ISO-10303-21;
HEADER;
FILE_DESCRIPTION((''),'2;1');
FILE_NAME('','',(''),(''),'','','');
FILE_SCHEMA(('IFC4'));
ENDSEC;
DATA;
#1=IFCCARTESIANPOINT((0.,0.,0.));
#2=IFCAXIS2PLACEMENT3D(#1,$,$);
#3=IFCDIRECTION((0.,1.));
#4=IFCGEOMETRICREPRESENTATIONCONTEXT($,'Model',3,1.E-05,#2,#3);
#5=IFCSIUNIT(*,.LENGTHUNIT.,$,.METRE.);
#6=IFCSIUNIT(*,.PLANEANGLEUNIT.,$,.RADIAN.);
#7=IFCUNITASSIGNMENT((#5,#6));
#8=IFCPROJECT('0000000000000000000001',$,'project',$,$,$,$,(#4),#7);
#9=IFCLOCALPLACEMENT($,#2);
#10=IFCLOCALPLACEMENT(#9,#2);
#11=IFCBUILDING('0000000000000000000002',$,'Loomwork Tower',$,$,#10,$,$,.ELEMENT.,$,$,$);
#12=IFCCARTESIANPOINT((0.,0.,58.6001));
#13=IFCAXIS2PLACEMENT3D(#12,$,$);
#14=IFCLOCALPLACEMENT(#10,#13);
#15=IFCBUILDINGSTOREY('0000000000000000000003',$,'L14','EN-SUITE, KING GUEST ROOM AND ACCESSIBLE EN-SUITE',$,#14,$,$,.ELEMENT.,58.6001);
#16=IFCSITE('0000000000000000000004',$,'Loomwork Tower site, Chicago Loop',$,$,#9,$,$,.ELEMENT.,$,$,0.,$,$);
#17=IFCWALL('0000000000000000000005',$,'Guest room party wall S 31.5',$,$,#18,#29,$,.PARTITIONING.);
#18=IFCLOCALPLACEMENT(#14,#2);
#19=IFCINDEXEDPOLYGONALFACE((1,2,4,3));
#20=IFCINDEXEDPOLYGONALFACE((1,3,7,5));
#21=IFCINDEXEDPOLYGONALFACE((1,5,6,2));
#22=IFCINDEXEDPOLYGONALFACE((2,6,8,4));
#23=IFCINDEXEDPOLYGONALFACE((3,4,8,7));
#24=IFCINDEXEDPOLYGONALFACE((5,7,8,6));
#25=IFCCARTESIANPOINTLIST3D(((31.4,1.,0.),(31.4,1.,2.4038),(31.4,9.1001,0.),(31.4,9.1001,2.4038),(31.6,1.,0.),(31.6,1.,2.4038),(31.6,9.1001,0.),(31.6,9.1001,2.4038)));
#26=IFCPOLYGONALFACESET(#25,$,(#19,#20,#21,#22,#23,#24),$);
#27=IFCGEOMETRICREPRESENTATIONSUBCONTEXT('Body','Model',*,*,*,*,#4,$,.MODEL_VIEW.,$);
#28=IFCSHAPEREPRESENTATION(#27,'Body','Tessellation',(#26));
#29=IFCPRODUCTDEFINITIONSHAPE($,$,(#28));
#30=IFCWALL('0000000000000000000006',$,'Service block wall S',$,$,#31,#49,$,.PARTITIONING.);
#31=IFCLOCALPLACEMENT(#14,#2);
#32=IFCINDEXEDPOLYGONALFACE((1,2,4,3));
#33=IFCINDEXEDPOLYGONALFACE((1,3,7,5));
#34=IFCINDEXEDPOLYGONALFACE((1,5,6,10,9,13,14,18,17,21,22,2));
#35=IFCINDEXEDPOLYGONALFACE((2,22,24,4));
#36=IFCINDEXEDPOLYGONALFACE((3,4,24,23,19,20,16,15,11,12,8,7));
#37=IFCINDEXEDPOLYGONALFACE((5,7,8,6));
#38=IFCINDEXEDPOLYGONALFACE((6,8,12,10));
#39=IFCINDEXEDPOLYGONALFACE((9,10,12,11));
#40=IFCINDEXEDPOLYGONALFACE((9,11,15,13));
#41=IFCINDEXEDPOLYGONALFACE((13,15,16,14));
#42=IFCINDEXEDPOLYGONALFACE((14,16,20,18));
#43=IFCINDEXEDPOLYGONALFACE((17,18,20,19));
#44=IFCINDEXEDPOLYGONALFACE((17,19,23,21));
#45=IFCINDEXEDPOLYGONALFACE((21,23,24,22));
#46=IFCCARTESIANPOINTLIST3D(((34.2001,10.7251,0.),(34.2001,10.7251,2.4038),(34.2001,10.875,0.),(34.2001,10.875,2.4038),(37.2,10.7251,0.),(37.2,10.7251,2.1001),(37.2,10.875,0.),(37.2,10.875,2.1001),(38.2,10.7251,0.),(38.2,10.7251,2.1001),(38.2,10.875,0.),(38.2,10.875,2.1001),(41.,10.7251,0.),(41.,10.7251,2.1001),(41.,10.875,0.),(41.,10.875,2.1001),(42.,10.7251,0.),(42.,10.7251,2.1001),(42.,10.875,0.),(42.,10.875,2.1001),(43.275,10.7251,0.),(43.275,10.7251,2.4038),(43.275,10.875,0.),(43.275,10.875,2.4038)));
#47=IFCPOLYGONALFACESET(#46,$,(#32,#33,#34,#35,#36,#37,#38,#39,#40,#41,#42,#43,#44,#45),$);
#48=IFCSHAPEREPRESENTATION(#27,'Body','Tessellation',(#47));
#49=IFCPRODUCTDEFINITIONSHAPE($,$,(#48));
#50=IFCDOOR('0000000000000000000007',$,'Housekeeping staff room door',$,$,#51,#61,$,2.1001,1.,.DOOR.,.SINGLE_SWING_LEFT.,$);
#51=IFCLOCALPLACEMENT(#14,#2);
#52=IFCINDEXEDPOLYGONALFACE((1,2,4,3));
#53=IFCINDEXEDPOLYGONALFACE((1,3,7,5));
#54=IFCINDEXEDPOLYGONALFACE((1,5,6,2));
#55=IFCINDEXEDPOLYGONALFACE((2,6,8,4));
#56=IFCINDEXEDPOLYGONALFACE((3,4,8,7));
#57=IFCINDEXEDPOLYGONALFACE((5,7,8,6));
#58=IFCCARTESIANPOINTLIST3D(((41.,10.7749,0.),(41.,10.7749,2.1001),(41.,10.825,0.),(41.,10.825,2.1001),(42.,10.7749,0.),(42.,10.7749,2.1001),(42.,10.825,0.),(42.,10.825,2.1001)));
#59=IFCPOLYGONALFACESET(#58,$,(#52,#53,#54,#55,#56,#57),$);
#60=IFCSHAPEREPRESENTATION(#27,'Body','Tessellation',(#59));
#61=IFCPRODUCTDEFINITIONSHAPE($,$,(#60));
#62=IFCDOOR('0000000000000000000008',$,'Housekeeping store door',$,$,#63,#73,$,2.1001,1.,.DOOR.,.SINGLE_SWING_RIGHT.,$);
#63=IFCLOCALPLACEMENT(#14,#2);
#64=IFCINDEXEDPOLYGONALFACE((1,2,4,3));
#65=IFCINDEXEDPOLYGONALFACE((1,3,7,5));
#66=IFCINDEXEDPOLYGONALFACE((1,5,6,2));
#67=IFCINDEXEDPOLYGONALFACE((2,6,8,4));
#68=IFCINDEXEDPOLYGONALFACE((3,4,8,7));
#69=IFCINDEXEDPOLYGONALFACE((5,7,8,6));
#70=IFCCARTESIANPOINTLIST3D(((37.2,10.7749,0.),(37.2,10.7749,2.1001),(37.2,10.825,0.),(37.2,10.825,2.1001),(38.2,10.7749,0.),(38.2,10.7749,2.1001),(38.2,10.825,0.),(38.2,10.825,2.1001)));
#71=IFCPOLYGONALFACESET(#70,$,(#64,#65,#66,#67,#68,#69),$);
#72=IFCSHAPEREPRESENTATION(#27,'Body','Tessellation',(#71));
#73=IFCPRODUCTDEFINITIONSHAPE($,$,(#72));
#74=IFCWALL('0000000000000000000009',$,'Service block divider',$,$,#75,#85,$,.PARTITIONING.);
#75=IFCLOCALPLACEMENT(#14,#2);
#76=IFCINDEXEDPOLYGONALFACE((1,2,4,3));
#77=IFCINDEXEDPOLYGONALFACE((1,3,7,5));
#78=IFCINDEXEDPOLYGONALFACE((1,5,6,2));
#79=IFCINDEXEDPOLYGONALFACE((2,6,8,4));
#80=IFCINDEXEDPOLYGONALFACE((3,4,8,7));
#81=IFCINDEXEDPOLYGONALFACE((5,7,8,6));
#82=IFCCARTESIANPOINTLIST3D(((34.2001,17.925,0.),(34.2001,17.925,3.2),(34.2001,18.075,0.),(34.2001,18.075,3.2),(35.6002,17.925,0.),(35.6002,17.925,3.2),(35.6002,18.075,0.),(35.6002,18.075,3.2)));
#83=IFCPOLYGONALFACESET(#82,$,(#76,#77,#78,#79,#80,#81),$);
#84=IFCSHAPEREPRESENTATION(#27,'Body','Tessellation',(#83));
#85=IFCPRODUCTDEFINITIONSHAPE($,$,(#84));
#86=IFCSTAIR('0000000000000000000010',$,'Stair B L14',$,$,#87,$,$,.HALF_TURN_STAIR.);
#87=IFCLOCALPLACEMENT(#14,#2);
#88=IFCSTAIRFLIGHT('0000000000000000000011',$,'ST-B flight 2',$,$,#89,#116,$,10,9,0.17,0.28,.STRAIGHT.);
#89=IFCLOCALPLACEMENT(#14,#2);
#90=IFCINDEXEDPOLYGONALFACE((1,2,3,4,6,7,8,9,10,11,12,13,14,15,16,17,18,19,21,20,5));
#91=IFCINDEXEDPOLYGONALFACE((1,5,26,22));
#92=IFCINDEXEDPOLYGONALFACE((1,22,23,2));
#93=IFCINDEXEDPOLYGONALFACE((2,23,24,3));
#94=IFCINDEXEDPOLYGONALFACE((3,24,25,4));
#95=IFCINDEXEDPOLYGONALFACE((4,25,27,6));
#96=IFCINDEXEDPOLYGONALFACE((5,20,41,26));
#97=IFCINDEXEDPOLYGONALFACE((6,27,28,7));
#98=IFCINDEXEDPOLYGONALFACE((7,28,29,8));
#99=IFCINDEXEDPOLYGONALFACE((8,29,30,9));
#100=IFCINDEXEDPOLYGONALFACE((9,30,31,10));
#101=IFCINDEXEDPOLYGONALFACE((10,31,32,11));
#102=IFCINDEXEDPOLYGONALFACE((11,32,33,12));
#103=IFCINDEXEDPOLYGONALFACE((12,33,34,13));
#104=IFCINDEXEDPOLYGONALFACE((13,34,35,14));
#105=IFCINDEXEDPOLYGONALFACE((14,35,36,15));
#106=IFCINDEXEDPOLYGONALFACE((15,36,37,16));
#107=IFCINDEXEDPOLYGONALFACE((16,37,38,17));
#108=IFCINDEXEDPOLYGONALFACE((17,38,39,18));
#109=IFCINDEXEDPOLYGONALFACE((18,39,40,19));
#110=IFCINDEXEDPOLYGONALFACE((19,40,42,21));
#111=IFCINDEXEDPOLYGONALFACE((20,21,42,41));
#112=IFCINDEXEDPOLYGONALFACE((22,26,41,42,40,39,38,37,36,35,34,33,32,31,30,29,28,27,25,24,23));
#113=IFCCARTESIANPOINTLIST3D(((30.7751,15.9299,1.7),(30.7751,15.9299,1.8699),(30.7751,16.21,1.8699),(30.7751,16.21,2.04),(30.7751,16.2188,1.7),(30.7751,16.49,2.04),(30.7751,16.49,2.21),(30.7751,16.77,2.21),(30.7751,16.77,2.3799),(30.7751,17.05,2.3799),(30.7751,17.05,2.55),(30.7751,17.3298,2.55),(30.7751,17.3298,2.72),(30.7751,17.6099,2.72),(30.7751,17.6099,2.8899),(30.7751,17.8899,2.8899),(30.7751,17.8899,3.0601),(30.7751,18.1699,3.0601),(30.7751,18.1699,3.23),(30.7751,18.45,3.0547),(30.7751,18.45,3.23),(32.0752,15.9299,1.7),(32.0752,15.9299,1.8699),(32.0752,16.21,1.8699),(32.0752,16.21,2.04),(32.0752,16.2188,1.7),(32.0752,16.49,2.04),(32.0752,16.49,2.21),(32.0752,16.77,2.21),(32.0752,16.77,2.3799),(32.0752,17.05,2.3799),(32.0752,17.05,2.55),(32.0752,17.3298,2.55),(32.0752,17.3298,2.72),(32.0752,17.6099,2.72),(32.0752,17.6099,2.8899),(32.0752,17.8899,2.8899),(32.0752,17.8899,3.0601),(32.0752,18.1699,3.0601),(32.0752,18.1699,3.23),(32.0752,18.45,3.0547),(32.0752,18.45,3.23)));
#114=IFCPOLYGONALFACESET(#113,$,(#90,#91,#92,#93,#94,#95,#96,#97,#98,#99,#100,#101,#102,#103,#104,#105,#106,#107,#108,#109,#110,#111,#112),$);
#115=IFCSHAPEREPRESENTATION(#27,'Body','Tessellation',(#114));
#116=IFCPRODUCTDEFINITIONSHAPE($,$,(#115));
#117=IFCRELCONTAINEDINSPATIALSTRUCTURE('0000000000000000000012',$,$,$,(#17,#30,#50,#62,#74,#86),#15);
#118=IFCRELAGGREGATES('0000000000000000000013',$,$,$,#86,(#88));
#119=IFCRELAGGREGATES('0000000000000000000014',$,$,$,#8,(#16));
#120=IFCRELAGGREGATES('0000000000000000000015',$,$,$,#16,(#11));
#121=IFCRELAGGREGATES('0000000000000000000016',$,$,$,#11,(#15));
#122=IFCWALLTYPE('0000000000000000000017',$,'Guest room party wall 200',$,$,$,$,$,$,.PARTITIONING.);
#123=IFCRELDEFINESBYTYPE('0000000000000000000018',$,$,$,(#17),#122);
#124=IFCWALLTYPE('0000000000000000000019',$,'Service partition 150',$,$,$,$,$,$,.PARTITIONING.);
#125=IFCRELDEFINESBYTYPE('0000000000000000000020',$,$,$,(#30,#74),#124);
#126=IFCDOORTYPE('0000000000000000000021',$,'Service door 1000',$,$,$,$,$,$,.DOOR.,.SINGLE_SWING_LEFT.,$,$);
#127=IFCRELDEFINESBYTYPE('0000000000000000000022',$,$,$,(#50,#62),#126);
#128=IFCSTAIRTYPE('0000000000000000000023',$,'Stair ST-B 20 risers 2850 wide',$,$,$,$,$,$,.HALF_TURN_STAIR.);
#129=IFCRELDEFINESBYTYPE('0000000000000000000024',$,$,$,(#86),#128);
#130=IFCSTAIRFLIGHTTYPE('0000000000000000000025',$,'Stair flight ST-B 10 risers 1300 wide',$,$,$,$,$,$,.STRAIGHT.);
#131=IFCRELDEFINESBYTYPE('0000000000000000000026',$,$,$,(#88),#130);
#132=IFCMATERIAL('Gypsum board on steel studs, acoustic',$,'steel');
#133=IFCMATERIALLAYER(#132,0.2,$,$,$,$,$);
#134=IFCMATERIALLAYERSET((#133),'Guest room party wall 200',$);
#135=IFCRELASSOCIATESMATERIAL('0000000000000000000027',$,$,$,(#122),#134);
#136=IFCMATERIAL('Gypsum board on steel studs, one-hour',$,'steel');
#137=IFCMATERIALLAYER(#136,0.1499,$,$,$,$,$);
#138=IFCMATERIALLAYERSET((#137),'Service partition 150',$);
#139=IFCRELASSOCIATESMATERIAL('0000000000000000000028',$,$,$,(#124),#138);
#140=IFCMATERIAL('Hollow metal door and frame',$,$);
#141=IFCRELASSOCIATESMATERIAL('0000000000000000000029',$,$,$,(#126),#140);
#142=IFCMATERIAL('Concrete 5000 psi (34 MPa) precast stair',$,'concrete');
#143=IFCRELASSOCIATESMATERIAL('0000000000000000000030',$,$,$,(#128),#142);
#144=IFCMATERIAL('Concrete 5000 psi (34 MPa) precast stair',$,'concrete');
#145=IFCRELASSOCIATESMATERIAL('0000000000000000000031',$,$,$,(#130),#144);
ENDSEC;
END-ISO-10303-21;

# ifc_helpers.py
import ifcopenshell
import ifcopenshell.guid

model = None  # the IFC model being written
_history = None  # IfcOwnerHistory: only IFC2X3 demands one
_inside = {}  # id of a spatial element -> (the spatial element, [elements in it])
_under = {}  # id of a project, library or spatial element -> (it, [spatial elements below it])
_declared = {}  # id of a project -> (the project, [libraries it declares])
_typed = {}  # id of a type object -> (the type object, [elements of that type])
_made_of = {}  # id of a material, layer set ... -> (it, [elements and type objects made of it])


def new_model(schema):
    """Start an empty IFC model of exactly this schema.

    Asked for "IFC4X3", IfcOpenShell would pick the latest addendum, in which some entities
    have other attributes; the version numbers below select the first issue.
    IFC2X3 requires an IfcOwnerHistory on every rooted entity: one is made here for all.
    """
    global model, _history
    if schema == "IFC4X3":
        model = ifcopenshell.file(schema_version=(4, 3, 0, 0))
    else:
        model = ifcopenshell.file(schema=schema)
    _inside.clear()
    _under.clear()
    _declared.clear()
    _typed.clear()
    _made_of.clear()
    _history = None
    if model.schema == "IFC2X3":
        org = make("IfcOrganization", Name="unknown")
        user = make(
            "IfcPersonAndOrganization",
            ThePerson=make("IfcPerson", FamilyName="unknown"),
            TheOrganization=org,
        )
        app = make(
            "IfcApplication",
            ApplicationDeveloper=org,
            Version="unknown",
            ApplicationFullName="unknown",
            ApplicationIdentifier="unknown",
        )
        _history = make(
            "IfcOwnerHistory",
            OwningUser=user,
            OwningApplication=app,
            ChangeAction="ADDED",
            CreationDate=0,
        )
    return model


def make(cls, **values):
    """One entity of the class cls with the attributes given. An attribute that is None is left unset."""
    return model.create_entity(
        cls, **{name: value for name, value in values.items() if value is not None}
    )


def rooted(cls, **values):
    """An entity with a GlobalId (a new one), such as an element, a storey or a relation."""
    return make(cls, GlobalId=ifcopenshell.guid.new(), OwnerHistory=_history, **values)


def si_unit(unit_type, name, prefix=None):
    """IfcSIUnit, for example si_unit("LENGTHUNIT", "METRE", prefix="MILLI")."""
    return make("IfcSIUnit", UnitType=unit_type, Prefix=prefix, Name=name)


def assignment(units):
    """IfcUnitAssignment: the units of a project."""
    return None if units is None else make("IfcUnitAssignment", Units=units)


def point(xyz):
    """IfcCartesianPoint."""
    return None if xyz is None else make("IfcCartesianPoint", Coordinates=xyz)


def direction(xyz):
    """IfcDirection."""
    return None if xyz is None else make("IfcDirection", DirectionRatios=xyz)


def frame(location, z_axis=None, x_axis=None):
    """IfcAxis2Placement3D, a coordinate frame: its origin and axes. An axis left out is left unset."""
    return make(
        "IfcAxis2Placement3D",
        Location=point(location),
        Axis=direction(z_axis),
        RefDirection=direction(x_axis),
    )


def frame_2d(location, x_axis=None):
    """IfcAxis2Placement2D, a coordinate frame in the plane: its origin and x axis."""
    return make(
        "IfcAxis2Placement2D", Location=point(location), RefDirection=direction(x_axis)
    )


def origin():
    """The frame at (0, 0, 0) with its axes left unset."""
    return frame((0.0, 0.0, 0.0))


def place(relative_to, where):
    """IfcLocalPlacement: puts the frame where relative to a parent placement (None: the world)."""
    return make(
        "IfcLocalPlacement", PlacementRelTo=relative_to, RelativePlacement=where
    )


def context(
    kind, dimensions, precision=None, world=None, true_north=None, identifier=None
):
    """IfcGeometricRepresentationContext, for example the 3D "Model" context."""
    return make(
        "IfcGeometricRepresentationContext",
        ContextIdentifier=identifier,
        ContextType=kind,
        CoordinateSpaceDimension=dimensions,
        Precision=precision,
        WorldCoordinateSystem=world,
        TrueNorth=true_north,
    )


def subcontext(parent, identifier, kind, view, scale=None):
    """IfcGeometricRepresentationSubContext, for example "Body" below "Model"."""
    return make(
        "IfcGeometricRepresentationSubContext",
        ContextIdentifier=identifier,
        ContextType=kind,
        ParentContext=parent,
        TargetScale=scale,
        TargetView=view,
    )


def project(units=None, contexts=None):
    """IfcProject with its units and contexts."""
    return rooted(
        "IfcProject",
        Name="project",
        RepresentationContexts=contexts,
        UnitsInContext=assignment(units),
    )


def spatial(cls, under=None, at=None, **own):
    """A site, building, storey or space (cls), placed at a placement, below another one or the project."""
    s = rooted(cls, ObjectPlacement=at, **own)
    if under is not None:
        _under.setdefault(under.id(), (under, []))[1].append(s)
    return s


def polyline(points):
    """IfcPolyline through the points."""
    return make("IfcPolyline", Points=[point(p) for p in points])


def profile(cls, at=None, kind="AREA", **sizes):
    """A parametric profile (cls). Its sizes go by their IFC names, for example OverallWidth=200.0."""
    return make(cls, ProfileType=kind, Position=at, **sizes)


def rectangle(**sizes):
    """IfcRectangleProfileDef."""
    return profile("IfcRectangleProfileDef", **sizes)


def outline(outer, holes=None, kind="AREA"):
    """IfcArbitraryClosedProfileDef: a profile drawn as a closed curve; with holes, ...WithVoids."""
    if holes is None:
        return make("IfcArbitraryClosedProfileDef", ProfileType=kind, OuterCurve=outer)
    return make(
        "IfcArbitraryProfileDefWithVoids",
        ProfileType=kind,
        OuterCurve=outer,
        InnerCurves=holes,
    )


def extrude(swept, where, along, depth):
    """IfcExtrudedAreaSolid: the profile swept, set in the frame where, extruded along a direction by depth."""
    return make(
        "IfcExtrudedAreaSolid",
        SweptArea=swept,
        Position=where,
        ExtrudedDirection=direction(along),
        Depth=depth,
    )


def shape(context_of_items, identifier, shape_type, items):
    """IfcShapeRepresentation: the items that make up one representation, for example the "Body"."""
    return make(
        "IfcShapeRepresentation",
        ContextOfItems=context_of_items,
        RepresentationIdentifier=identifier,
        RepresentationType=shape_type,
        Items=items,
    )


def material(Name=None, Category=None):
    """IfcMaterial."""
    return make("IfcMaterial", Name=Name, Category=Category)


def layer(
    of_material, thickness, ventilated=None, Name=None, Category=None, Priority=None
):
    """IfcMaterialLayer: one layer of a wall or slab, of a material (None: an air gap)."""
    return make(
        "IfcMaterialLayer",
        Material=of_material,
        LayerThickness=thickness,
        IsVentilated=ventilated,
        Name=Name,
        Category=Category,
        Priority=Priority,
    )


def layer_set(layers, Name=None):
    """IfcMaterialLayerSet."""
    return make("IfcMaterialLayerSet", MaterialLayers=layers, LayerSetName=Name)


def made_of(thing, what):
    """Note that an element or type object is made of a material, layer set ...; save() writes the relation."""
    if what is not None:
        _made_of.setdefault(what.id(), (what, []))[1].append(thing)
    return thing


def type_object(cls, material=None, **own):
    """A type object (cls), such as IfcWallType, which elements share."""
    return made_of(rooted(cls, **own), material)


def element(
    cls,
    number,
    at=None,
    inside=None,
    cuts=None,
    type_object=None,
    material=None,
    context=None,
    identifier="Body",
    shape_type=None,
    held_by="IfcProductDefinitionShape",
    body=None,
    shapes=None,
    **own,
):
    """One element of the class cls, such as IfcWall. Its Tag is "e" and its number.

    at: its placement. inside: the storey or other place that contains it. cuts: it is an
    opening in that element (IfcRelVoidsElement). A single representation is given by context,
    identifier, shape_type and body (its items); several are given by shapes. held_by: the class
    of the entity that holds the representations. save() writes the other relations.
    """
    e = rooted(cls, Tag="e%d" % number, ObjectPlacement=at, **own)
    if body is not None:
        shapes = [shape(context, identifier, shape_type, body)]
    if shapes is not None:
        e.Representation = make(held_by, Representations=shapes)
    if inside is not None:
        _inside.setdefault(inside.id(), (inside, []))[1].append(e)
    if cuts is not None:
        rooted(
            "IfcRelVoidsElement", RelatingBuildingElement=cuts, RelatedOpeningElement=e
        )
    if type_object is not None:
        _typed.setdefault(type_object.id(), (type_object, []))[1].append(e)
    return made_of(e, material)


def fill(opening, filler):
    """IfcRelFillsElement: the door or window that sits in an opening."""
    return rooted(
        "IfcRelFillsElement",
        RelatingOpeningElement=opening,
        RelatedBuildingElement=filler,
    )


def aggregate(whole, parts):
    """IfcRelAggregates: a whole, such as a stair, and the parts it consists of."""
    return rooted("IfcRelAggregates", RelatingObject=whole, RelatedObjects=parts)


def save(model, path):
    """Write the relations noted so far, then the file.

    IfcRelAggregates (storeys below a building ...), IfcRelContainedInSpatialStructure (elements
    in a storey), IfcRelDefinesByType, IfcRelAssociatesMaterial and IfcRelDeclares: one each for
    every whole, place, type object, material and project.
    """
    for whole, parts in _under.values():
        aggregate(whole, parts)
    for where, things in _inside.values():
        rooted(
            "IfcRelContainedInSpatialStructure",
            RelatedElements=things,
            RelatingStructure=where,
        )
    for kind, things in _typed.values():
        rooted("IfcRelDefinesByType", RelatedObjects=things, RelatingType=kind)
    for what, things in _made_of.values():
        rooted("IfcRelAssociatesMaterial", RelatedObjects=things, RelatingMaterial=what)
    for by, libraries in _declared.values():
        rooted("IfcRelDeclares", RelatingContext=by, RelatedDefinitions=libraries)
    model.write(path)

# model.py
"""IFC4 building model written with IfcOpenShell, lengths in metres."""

from ifc_helpers import new_model, si_unit, direction, frame, frame_2d, origin, place, context, subcontext, project, spatial, polyline, rectangle, outline, extrude, material, layer, layer_set, type_object, element, fill, aggregate, save


model = new_model("IFC4")

# Units and contexts
model_context = context("Model", 3, precision=1e-05, world=origin(), true_north=direction((0.0, 1.0)))
body_context = subcontext(model_context, "Body", "Model", "MODEL_VIEW")
ifc_project = project(units=[si_unit("LENGTHUNIT", "METRE"), si_unit("PLANEANGLEUNIT", "RADIAN")], contexts=[model_context])

# Site, building, storey
site_placement = place(None, origin())
site = spatial("IfcSite", under=ifc_project, at=site_placement, Name="Loomwork Tower site, Chicago Loop", CompositionType="ELEMENT", RefElevation=0.0)
building_placement = place(site_placement, origin())
building = spatial("IfcBuilding", under=site, at=building_placement, Name="Loomwork Tower", CompositionType="ELEMENT")
storey_placement = place(building_placement, frame((0.0, 0.0, 58.6001)))
storey = spatial("IfcBuildingStorey", under=building, at=storey_placement, Name="L14", Description="EN-SUITE, KING GUEST ROOM AND ACCESSIBLE EN-SUITE", CompositionType="ELEMENT", Elevation=58.6001)

# Wall
ifc_material_1 = material(Name="Gypsum board on steel studs, acoustic", Category="steel")
ifc_layer_1 = layer(ifc_material_1, 0.2)
ifc_layer_set_1 = layer_set([ifc_layer_1], Name="Guest room party wall 200")
wall_type_1 = type_object("IfcWallType", Name="Guest room party wall 200", PredefinedType="PARTITIONING", material=ifc_layer_set_1)
wall_1_placement = place(storey_placement, frame((31.5, 9.1001, 0.0), z_axis=(0.0, 0.0, 1.0), x_axis=(0.0, -1.0, 0.0)))
element("IfcWall", 1, at=wall_1_placement, inside=storey, type_object=wall_type_1, Name="Guest room party wall S 31.5", PredefinedType="PARTITIONING", context=body_context, shape_type="SweptSolid", body=[
    extrude(rectangle(XDim=8.1001, YDim=0.2, at=frame_2d((4.05, 0.0))), origin(), (0.0, 0.0, 1.0), 2.4038),
])

# Wall, openings, doors
ifc_material_2 = material(Name="Gypsum board on steel studs, one-hour", Category="steel")
ifc_layer_2 = layer(ifc_material_2, 0.1499)
ifc_layer_set_2 = layer_set([ifc_layer_2], Name="Service partition 150")
wall_type_2 = type_object("IfcWallType", Name="Service partition 150", PredefinedType="PARTITIONING", material=ifc_layer_set_2)
wall_2_placement = place(storey_placement, frame((34.2, 10.8, 0.0), z_axis=(0.0, 0.0, 1.0), x_axis=(1.0, 0.0, 0.0)))
wall_2 = element("IfcWall", 2, at=wall_2_placement, inside=storey, type_object=wall_type_2, Name="Service block wall S", PredefinedType="PARTITIONING", context=body_context, shape_type="SweptSolid", body=[
    extrude(rectangle(XDim=9.075, YDim=0.1499, at=frame_2d((4.5376, 0.0))), origin(), (0.0, 0.0, 1.0), 2.4038),
])
opening_1_placement = place(wall_2_placement, frame((6.8, 0.0, 0.0)))
opening_1 = element("IfcOpeningElement", 3, at=opening_1_placement, cuts=wall_2, PredefinedType="OPENING", context=body_context, shape_type="SweptSolid", body=[
    extrude(rectangle(XDim=1.0, YDim=2.1001, at=frame_2d((0.5, 1.05))), frame((0.0, 0.085, 0.0), z_axis=(0.0, -1.0, 0.0), x_axis=(1.0, 0.0, 0.0)), (0.0, 0.0, 1.0), 0.1699),
])
opening_2_placement = place(wall_2_placement, frame((3.0, 0.0, 0.0)))
opening_2 = element("IfcOpeningElement", 4, at=opening_2_placement, cuts=wall_2, PredefinedType="OPENING", context=body_context, shape_type="SweptSolid", body=[
    extrude(rectangle(XDim=1.0, YDim=2.1001, at=frame_2d((0.5, 1.05))), frame((0.0, 0.085, 0.0), z_axis=(0.0, -1.0, 0.0), x_axis=(1.0, 0.0, 0.0)), (0.0, 0.0, 1.0), 0.1699),
])
ifc_material_3 = material(Name="Hollow metal door and frame")
door_type_1 = type_object("IfcDoorType", Name="Service door 1000", OperationType="SINGLE_SWING_LEFT", PredefinedType="DOOR", material=ifc_material_3)
door_1_placement = place(opening_1_placement, origin())
door_1 = element("IfcDoor", 5, at=door_1_placement, inside=storey, type_object=door_type_1, Name="Housekeeping staff room door", OperationType="SINGLE_SWING_LEFT", OverallHeight=2.1001, OverallWidth=1.0, PredefinedType="DOOR", context=body_context, shape_type="SweptSolid", body=[
    extrude(rectangle(XDim=1.0, YDim=2.1001, at=frame_2d((0.5, 1.05))), frame((0.0, 0.0249, 0.0), z_axis=(0.0, -1.0, 0.0), x_axis=(1.0, 0.0, 0.0)), (0.0, 0.0, 1.0), 0.05),
])
fill(opening_1, door_1)
door_2_placement = place(opening_2_placement, origin())
door_2 = element("IfcDoor", 6, at=door_2_placement, inside=storey, type_object=door_type_1, Name="Housekeeping store door", OperationType="SINGLE_SWING_RIGHT", OverallHeight=2.1001, OverallWidth=1.0, PredefinedType="DOOR", context=body_context, shape_type="SweptSolid", body=[
    extrude(rectangle(XDim=1.0, YDim=2.1001, at=frame_2d((0.5, 1.05))), frame((0.0, 0.0249, 0.0), z_axis=(0.0, -1.0, 0.0), x_axis=(1.0, 0.0, 0.0)), (0.0, 0.0, 1.0), 0.05),
])
fill(opening_2, door_2)

# Wall
wall_3_placement = place(storey_placement, frame((34.2, 18.0, 0.0), z_axis=(0.0, 0.0, 1.0), x_axis=(1.0, 0.0, 0.0)))
element("IfcWall", 7, at=wall_3_placement, inside=storey, type_object=wall_type_2, Name="Service block divider", PredefinedType="PARTITIONING", context=body_context, shape_type="SweptSolid", body=[
    extrude(rectangle(XDim=1.4001, YDim=0.1499, at=frame_2d((0.7002, 0.0))), origin(), (0.0, 0.0, 1.0), 3.2),
])

# Stair, stair flight
ifc_material_4 = material(Name="Concrete 5000 psi (34 MPa) precast stair", Category="concrete")
stair_type = type_object("IfcStairType", Name="Stair ST-B 20 risers 2850 wide", PredefinedType="HALF_TURN_STAIR", material=ifc_material_4)
stair_placement = place(storey_placement, origin())
stair = element("IfcStair", 8, at=stair_placement, inside=storey, type_object=stair_type, Name="Stair B L14", PredefinedType="HALF_TURN_STAIR")
ifc_material_5 = material(Name="Concrete 5000 psi (34 MPa) precast stair", Category="concrete")
stair_flight_type = type_object("IfcStairFlightType", Name="Stair flight ST-B 10 risers 1300 wide", PredefinedType="STRAIGHT", material=ifc_material_5)
stair_flight_placement = place(storey_placement, frame((31.425, 15.9299, 1.7), z_axis=(0.0, 0.0, 1.0), x_axis=(0.0, 1.0, 0.0)))
stair_flight = element("IfcStairFlight", 9, at=stair_flight_placement, type_object=stair_flight_type, Name="ST-B flight 2", NumberOfRisers=10, NumberOfTreads=9, PredefinedType="STRAIGHT", RiserHeight=0.17, TreadLength=0.28, context=body_context, shape_type="SweptSolid", body=[
    extrude(outline(polyline([(0.0, 0.0), (0.0, 0.1699), (0.28, 0.1699), (0.28, 0.3401), (0.5601, 0.3401), (0.5601, 0.51), (0.8401, 0.51), (0.8401, 0.6799), (1.1201, 0.6799), (1.1201, 0.8501), (1.3999, 0.8501), (1.3999, 1.02), (1.6799, 1.02), (1.6799, 1.1899), (1.96, 1.1899), (1.96, 1.3601), (2.24, 1.3601), (2.24, 1.53), (2.52, 1.53), (2.52, 1.7), (2.52, 1.3547), (0.2888, 0.0), (0.0, 0.0)])), frame((0.0, 0.6499, 0.0), z_axis=(0.0, -1.0, 0.0), x_axis=(1.0, 0.0, 0.0)), (0.0, 0.0, 1.0), 1.3),
])
aggregate(stair, [stair_flight])

save(model, "model.ifc")
